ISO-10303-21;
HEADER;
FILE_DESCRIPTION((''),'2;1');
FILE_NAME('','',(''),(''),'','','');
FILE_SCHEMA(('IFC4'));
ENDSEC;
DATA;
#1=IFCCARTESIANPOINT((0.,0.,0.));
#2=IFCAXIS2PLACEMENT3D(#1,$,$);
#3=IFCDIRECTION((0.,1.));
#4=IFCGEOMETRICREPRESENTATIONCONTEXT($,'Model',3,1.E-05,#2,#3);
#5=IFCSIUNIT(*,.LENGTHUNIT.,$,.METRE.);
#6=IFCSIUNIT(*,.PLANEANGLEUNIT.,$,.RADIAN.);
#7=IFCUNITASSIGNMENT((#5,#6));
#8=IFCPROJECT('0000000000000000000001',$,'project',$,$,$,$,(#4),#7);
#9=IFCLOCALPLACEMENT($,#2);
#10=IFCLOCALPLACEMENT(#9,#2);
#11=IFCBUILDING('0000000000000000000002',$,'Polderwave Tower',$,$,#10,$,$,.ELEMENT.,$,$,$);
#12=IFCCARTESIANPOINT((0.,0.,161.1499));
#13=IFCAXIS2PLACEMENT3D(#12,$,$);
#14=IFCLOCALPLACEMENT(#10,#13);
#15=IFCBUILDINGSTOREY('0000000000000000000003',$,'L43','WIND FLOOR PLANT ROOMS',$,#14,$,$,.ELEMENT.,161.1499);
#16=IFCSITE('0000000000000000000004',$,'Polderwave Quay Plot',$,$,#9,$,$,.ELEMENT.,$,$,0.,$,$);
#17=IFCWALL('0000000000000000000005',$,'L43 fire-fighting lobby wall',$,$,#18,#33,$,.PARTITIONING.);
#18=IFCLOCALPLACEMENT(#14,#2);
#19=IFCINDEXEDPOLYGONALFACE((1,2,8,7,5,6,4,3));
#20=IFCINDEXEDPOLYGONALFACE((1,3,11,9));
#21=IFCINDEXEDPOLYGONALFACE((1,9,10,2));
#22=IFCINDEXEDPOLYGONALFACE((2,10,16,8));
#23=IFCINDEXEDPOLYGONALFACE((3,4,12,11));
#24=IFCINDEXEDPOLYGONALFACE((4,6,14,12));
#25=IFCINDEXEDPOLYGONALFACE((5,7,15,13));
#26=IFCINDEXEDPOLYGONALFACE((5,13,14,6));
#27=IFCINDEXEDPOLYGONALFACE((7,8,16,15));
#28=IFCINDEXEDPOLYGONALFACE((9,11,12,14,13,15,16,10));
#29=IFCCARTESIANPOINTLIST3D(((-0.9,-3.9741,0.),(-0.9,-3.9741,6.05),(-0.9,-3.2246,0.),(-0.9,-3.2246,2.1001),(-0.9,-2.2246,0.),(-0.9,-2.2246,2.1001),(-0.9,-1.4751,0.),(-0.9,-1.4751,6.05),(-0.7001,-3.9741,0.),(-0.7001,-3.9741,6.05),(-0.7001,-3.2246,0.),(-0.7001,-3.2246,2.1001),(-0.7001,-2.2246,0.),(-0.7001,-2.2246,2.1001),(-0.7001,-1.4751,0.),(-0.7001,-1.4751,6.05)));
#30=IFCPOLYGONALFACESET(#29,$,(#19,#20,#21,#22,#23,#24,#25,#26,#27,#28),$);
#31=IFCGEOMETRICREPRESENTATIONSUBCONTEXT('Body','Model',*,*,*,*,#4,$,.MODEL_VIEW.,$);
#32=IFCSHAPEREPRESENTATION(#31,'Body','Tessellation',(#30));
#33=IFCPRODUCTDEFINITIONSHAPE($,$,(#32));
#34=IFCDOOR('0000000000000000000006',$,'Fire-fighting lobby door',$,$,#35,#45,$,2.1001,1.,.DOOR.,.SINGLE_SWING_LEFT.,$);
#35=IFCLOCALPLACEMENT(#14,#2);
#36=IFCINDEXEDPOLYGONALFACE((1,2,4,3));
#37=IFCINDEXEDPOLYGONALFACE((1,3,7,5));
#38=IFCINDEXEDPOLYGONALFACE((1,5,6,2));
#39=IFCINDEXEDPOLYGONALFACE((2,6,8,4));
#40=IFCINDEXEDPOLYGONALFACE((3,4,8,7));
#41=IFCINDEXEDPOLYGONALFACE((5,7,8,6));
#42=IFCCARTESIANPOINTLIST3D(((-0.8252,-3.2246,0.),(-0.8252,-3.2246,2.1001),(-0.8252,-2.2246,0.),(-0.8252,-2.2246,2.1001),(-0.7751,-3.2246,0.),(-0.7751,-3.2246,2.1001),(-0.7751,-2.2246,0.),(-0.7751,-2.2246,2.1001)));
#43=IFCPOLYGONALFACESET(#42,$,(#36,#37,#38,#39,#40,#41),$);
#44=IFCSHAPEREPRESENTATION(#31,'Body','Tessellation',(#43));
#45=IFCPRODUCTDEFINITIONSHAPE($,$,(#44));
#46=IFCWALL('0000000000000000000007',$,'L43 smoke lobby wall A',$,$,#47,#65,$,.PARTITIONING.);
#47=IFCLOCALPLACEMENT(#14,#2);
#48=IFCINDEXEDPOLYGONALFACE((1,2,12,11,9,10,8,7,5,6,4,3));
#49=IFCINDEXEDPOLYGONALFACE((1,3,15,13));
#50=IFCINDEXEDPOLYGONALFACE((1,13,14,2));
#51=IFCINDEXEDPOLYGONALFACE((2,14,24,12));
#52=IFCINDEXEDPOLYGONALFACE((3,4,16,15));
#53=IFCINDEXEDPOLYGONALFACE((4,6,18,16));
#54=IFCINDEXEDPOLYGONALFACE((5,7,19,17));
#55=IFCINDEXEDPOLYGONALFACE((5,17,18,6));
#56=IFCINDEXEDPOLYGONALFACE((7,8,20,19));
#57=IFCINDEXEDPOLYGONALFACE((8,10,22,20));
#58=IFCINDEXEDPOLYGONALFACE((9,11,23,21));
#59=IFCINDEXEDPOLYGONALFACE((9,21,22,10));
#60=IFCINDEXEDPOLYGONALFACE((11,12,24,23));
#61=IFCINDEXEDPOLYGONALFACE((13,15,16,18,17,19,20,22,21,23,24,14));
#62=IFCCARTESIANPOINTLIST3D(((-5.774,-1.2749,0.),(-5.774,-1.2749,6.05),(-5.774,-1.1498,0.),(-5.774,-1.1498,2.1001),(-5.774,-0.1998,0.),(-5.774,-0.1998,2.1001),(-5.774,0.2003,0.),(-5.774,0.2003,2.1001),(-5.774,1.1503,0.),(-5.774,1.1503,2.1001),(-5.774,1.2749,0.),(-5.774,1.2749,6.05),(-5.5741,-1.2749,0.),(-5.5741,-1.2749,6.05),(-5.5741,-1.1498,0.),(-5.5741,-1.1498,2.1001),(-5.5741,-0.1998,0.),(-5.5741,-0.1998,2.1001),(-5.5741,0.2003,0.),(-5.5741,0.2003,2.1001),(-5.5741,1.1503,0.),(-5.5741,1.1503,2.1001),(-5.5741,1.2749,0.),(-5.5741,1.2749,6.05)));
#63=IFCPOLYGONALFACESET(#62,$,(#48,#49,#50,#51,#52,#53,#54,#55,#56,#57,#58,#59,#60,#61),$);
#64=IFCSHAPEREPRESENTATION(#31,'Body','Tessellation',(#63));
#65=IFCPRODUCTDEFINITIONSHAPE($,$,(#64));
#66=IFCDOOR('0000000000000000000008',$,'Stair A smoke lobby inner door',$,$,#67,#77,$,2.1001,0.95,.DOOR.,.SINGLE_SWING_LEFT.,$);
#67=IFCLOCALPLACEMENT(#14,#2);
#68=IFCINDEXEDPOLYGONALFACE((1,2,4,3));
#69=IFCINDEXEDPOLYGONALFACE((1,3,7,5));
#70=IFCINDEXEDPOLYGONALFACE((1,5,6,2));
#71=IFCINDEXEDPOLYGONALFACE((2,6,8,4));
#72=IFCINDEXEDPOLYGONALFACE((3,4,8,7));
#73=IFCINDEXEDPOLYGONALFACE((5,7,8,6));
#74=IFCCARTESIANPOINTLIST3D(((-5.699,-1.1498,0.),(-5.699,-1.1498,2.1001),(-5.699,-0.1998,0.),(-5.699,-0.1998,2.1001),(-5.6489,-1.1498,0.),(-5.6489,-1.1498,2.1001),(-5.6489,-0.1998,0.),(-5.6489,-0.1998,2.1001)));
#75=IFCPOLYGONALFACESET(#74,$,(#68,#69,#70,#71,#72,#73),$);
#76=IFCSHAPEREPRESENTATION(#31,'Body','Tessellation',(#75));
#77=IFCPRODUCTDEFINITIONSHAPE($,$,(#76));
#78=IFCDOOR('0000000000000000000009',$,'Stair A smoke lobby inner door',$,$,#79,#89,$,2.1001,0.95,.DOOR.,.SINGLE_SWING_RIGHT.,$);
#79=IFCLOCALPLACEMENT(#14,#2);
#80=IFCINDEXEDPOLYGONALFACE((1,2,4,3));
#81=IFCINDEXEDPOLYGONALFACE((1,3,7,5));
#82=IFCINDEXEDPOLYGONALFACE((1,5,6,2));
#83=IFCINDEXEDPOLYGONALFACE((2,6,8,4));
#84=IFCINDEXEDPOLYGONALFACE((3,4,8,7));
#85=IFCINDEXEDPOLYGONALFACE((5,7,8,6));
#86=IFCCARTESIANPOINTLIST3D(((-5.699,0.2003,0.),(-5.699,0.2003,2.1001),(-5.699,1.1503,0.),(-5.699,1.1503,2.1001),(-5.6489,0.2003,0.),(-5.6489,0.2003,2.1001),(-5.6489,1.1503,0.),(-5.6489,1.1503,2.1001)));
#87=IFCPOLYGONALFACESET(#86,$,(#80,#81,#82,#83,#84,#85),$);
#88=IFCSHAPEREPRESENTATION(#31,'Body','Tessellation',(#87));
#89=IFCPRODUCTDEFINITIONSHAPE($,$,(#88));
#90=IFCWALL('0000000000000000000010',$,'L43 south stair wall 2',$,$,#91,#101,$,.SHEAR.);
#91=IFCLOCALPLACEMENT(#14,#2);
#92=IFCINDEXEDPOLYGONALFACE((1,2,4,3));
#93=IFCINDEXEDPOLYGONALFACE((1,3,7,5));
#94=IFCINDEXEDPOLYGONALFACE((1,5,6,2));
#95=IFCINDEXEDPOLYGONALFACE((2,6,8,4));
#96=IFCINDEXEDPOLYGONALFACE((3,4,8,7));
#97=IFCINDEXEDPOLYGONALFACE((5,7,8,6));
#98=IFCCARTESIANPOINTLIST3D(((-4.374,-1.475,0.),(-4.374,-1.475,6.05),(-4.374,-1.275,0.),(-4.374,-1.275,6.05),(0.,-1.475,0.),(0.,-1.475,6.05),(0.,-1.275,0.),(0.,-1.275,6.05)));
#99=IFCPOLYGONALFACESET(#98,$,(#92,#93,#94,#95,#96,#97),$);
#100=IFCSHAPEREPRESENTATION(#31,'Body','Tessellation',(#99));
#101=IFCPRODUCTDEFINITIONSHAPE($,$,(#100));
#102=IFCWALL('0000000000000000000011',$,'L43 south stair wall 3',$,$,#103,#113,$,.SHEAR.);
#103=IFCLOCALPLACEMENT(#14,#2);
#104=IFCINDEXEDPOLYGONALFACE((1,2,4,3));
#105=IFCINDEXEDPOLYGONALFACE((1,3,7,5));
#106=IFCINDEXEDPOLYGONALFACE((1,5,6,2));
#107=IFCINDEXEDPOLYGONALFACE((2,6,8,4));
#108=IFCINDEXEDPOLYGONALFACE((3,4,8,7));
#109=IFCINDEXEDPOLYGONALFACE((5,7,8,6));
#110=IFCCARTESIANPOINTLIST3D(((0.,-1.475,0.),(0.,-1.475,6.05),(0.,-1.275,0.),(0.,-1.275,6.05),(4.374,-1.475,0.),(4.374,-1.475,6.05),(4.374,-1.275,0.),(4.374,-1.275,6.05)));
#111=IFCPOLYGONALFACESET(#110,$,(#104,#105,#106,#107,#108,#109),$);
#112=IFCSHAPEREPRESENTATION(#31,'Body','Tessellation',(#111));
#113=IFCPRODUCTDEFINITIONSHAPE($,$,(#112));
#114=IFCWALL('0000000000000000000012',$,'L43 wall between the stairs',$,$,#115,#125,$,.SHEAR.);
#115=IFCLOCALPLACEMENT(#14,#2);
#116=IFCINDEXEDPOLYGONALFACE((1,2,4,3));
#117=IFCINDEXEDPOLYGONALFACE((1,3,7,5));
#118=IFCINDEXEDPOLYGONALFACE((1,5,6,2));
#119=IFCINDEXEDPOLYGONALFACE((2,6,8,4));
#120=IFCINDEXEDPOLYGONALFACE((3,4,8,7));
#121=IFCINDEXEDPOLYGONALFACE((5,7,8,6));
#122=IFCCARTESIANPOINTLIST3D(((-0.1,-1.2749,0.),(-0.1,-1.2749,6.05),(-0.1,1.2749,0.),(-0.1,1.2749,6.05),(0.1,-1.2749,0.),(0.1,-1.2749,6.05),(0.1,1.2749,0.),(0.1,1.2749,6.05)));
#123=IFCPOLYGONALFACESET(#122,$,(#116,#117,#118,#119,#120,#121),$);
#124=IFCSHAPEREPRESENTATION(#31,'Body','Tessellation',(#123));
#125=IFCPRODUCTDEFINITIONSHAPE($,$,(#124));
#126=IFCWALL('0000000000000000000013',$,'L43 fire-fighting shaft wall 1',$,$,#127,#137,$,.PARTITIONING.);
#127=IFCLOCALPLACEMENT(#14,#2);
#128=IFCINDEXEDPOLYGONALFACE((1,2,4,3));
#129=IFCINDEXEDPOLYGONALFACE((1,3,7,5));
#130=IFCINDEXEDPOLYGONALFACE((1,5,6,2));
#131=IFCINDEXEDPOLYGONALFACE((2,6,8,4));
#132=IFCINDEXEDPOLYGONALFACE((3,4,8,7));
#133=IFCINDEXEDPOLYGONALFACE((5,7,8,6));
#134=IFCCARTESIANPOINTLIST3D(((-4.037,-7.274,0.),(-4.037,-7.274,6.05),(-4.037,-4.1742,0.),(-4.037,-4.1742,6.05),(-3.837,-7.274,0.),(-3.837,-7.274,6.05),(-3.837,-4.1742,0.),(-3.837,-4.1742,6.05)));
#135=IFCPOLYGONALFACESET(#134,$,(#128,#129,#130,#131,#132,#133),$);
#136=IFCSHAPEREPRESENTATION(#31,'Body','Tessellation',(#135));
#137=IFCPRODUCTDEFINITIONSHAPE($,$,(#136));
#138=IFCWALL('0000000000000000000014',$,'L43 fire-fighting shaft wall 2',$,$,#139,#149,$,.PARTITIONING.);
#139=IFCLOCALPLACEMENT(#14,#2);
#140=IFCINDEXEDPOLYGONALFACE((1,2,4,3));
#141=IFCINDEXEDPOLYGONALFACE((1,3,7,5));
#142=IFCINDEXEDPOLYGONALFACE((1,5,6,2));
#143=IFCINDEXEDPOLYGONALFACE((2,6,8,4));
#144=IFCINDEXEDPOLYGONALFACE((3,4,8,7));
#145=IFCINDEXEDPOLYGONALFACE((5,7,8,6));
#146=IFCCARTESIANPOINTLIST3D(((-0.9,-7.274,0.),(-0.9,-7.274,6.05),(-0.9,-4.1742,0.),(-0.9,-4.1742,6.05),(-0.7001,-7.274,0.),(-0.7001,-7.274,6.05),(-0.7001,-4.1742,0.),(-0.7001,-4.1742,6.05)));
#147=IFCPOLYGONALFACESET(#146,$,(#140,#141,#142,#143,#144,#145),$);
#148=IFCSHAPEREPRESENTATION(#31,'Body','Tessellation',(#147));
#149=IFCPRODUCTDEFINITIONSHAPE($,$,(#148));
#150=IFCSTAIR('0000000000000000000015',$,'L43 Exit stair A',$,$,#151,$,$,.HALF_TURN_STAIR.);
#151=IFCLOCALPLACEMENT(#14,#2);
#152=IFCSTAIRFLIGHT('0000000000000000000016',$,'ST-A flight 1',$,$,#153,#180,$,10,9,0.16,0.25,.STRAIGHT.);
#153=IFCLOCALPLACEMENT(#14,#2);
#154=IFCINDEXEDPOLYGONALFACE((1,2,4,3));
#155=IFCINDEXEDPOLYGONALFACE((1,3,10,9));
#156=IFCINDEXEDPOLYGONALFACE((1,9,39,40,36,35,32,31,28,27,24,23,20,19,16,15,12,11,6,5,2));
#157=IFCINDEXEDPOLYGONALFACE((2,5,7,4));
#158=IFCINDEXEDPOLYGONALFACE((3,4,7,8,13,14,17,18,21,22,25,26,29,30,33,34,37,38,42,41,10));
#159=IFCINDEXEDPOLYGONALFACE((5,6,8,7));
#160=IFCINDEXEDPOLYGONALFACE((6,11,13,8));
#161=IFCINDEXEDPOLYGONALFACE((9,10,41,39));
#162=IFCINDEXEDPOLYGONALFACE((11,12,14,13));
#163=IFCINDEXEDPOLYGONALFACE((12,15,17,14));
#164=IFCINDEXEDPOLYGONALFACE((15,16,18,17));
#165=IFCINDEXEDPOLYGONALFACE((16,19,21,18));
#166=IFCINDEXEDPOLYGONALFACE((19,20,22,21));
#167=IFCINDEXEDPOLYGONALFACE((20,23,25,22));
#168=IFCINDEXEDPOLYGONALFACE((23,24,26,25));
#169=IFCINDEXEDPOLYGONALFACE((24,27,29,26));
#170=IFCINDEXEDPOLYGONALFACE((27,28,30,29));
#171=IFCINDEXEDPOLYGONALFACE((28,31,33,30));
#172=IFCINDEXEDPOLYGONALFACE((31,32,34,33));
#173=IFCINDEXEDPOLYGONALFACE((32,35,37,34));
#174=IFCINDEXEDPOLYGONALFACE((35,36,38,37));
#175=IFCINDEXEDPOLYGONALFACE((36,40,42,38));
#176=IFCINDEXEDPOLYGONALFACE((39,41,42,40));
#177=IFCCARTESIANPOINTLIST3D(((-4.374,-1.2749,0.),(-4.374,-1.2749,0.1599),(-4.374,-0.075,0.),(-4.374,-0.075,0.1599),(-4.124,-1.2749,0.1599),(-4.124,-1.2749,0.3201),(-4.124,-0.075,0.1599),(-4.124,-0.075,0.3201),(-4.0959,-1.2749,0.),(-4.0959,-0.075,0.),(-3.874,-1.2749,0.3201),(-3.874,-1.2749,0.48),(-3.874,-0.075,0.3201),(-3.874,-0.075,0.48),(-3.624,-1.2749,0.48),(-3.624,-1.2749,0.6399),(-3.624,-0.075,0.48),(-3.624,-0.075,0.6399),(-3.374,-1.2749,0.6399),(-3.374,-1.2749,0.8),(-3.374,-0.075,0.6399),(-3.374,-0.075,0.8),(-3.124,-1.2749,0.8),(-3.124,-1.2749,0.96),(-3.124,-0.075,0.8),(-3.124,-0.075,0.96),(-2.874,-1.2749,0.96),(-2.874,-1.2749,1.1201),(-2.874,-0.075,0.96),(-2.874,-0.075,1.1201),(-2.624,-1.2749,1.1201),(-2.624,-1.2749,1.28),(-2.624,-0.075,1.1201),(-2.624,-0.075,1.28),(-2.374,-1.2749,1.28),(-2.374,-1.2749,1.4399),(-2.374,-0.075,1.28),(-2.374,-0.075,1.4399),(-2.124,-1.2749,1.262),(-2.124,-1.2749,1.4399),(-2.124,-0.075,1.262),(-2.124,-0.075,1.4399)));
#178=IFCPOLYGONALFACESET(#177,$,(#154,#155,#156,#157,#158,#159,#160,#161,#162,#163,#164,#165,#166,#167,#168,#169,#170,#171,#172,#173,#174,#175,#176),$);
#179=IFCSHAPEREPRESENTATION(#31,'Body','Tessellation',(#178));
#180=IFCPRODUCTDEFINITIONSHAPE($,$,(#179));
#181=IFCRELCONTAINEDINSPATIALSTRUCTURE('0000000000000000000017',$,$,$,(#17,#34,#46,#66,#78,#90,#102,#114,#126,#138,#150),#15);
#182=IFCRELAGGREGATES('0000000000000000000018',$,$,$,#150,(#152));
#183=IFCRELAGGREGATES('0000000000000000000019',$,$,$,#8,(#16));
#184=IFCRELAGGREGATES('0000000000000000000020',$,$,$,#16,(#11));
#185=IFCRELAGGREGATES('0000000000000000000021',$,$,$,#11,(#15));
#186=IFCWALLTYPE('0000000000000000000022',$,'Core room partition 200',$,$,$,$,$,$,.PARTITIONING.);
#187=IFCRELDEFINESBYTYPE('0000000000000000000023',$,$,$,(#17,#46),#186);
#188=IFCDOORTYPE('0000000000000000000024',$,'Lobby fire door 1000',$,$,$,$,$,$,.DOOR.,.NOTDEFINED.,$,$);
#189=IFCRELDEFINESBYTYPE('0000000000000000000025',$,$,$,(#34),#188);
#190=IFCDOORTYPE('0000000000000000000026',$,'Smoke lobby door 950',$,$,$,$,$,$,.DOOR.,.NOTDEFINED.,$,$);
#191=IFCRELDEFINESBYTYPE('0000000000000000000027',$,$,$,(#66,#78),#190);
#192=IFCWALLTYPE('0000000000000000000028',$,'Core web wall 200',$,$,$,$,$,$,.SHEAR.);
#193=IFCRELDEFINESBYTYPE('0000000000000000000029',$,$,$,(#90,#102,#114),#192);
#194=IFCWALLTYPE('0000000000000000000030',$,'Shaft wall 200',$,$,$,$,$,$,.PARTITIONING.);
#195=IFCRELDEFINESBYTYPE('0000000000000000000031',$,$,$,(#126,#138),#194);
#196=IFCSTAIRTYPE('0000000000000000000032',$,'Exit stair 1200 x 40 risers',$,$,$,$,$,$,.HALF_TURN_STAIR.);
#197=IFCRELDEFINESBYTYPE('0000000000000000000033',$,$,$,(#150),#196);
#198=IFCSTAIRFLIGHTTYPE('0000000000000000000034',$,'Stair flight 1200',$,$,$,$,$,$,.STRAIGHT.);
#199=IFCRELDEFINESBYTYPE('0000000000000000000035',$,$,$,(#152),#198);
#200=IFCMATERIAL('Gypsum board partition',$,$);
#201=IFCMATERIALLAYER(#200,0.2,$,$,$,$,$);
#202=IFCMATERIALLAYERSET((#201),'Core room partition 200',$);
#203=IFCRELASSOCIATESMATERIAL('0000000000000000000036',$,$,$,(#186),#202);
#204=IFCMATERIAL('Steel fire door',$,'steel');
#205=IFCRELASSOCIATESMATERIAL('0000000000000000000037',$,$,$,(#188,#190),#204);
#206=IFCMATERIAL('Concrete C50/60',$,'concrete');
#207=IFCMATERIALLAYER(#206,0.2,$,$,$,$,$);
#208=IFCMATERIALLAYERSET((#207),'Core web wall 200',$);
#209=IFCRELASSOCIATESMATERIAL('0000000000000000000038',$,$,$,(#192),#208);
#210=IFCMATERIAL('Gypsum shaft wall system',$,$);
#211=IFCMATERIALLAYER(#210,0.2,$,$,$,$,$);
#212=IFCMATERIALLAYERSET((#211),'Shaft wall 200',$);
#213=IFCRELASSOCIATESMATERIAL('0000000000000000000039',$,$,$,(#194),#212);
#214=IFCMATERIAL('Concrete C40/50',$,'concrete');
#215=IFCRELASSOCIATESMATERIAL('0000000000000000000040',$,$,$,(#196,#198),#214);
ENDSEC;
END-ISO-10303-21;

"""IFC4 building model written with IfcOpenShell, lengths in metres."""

from ifc_helpers import new_model, si_unit, direction, frame, frame_2d, origin, place, context, subcontext, project, spatial, polyline, rectangle, outline, extrude, material, layer, layer_set, type_object, element, fill, aggregate, save


model = new_model("IFC4")

# Units and contexts
model_context = context("Model", 3, precision=1e-05, world=origin(), true_north=direction((0.0, 1.0)))
body_context = subcontext(model_context, "Body", "Model", "MODEL_VIEW")
ifc_project = project(units=[si_unit("LENGTHUNIT", "METRE"), si_unit("PLANEANGLEUNIT", "RADIAN")], contexts=[model_context])

# Site, building, storey
site_placement = place(None, origin())
site = spatial("IfcSite", under=ifc_project, at=site_placement, Name="Polderwave Quay Plot", CompositionType="ELEMENT", RefElevation=0.0)
building_placement = place(site_placement, origin())
building = spatial("IfcBuilding", under=site, at=building_placement, Name="Polderwave Tower", CompositionType="ELEMENT")
storey_placement = place(building_placement, frame((0.0, 0.0, 161.1499)))
storey = spatial("IfcBuildingStorey", under=building, at=storey_placement, Name="L43", Description="WIND FLOOR PLANT ROOMS", CompositionType="ELEMENT", Elevation=161.1499)

# Wall, opening, door
ifc_material_1 = material(Name="Gypsum board partition")
ifc_layer_1 = layer(ifc_material_1, 0.2)
ifc_layer_set_1 = layer_set([ifc_layer_1], Name="Core room partition 200")
wall_type_1 = type_object("IfcWallType", Name="Core room partition 200", PredefinedType="PARTITIONING", material=ifc_layer_set_1)
wall_1_placement = place(storey_placement, frame((-0.8, -3.9741, 0.0), z_axis=(0.0, 0.0, 1.0), x_axis=(0.0, 1.0, 0.0)))
wall_1 = element("IfcWall", 1, at=wall_1_placement, inside=storey, type_object=wall_type_1, Name="L43 fire-fighting lobby wall", PredefinedType="PARTITIONING", context=body_context, shape_type="SweptSolid", body=[
    extrude(rectangle(XDim=2.499, YDim=0.2, at=frame_2d((1.2495, 0.0))), origin(), (0.0, 0.0, 1.0), 6.05),
])
opening_1_placement = place(wall_1_placement, frame((0.7495, 0.0, 0.0)))
opening_1 = element("IfcOpeningElement", 2, at=opening_1_placement, cuts=wall_1, PredefinedType="OPENING", context=body_context, shape_type="SweptSolid", body=[
    extrude(rectangle(XDim=1.0, YDim=2.1001, at=frame_2d((0.5, 1.05))), frame((0.0, 0.1099, 0.0), z_axis=(0.0, -1.0, 0.0), x_axis=(1.0, 0.0, 0.0)), (0.0, 0.0, 1.0), 0.22),
])
ifc_material_2 = material(Name="Steel fire door", Category="steel")
door_type_1 = type_object("IfcDoorType", Name="Lobby fire door 1000", OperationType="NOTDEFINED", PredefinedType="DOOR", material=ifc_material_2)
door_1_placement = place(opening_1_placement, frame((1.0, 0.0, 0.0), z_axis=(0.0, 0.0, 1.0), x_axis=(-1.0, 0.0, 0.0)))
door_1 = element("IfcDoor", 3, at=door_1_placement, inside=storey, type_object=door_type_1, Name="Fire-fighting lobby door", OperationType="SINGLE_SWING_LEFT", OverallHeight=2.1001, OverallWidth=1.0, PredefinedType="DOOR", context=body_context, shape_type="SweptSolid", body=[
    extrude(rectangle(XDim=1.0, YDim=2.1001, at=frame_2d((0.5, 1.05))), frame((0.0, 0.0249, 0.0), z_axis=(0.0, -1.0, 0.0), x_axis=(1.0, 0.0, 0.0)), (0.0, 0.0, 1.0), 0.05),
])
fill(opening_1, door_1)

# Wall, openings, doors
wall_2_placement = place(storey_placement, frame((-5.6741, -1.2749, 0.0), z_axis=(0.0, 0.0, 1.0), x_axis=(0.0, 1.0, 0.0)))
wall_2 = element("IfcWall", 4, at=wall_2_placement, inside=storey, type_object=wall_type_1, Name="L43 smoke lobby wall A", PredefinedType="PARTITIONING", context=body_context, shape_type="SweptSolid", body=[
    extrude(rectangle(XDim=2.5498, YDim=0.2, at=frame_2d((1.2749, 0.0))), origin(), (0.0, 0.0, 1.0), 6.05),
])
opening_2_placement = place(wall_2_placement, frame((0.125, 0.0, 0.0)))
opening_2 = element("IfcOpeningElement", 5, at=opening_2_placement, cuts=wall_2, PredefinedType="OPENING", context=body_context, shape_type="SweptSolid", body=[
    extrude(rectangle(XDim=0.95, YDim=2.1001, at=frame_2d((0.4751, 1.05))), frame((0.0, 0.1099, 0.0), z_axis=(0.0, -1.0, 0.0), x_axis=(1.0, 0.0, 0.0)), (0.0, 0.0, 1.0), 0.22),
])
opening_3_placement = place(wall_2_placement, frame((1.4751, 0.0, 0.0)))
opening_3 = element("IfcOpeningElement", 6, at=opening_3_placement, cuts=wall_2, PredefinedType="OPENING", context=body_context, shape_type="SweptSolid", body=[
    extrude(rectangle(XDim=0.95, YDim=2.1001, at=frame_2d((0.4751, 1.05))), frame((0.0, 0.1099, 0.0), z_axis=(0.0, -1.0, 0.0), x_axis=(1.0, 0.0, 0.0)), (0.0, 0.0, 1.0), 0.22),
])
door_type_2 = type_object("IfcDoorType", Name="Smoke lobby door 950", OperationType="NOTDEFINED", PredefinedType="DOOR", material=ifc_material_2)
door_2_placement = place(opening_2_placement, origin())
door_2 = element("IfcDoor", 7, at=door_2_placement, inside=storey, type_object=door_type_2, Name="Stair A smoke lobby inner door", OperationType="SINGLE_SWING_LEFT", OverallHeight=2.1001, OverallWidth=0.95, PredefinedType="DOOR", context=body_context, shape_type="SweptSolid", body=[
    extrude(rectangle(XDim=0.95, YDim=2.1001, at=frame_2d((0.4751, 1.05))), frame((0.0, 0.0249, 0.0), z_axis=(0.0, -1.0, 0.0), x_axis=(1.0, 0.0, 0.0)), (0.0, 0.0, 1.0), 0.05),
])
fill(opening_2, door_2)
door_3_placement = place(opening_3_placement, origin())
door_3 = element("IfcDoor", 8, at=door_3_placement, inside=storey, type_object=door_type_2, Name="Stair A smoke lobby inner door", OperationType="SINGLE_SWING_RIGHT", OverallHeight=2.1001, OverallWidth=0.95, PredefinedType="DOOR", context=body_context, shape_type="SweptSolid", body=[
    extrude(rectangle(XDim=0.95, YDim=2.1001, at=frame_2d((0.4751, 1.05))), frame((0.0, 0.0249, 0.0), z_axis=(0.0, -1.0, 0.0), x_axis=(1.0, 0.0, 0.0)), (0.0, 0.0, 1.0), 0.05),
])
fill(opening_3, door_3)

# Walls
ifc_material_3 = material(Name="Concrete C50/60", Category="concrete")
ifc_layer_2 = layer(ifc_material_3, 0.2)
ifc_layer_set_2 = layer_set([ifc_layer_2], Name="Core web wall 200")
wall_type_2 = type_object("IfcWallType", Name="Core web wall 200", PredefinedType="SHEAR", material=ifc_layer_set_2)
for number, where, z_axis, x_axis, name in (
    (9, (-4.374, -1.375, 0.0), (0.0, 0.0, 1.0), (1.0, 0.0, 0.0), "L43 south stair wall 2"),
    (10, (0.0, -1.375, 0.0), (0.0, 0.0, 1.0), (1.0, 0.0, 0.0), "L43 south stair wall 3"),
):
    element("IfcWall", number, at=place(storey_placement, frame(where, z_axis=z_axis, x_axis=x_axis)), inside=storey, type_object=wall_type_2, Name=name, PredefinedType="SHEAR", context=body_context, shape_type="SweptSolid", body=[
        extrude(rectangle(XDim=4.374, YDim=0.2, at=frame_2d((2.187, 0.0))), origin(), (0.0, 0.0, 1.0), 6.05),
    ])
wall_3_placement = place(storey_placement, frame((0.0, -1.2749, 0.0), z_axis=(0.0, 0.0, 1.0), x_axis=(0.0, 1.0, 0.0)))
element("IfcWall", 11, at=wall_3_placement, inside=storey, type_object=wall_type_2, Name="L43 wall between the stairs", PredefinedType="SHEAR", context=body_context, shape_type="SweptSolid", body=[
    extrude(rectangle(XDim=2.5498, YDim=0.2, at=frame_2d((1.2749, 0.0))), origin(), (0.0, 0.0, 1.0), 6.05),
])
ifc_material_4 = material(Name="Gypsum shaft wall system")
ifc_layer_3 = layer(ifc_material_4, 0.2)
ifc_layer_set_3 = layer_set([ifc_layer_3], Name="Shaft wall 200")
wall_type_3 = type_object("IfcWallType", Name="Shaft wall 200", PredefinedType="PARTITIONING", material=ifc_layer_set_3)
for number, where, z_axis, x_axis, name in (
    (12, (-3.937, -7.2739, 0.0), (0.0, 0.0, 1.0), (0.0, 1.0, 0.0), "L43 fire-fighting shaft wall 1"),
    (13, (-0.8, -7.2739, 0.0), (0.0, 0.0, 1.0), (0.0, 1.0, 0.0), "L43 fire-fighting shaft wall 2"),
):
    element("IfcWall", number, at=place(storey_placement, frame(where, z_axis=z_axis, x_axis=x_axis)), inside=storey, type_object=wall_type_3, Name=name, PredefinedType="PARTITIONING", context=body_context, shape_type="SweptSolid", body=[
        extrude(rectangle(XDim=3.0999, YDim=0.2, at=frame_2d((1.5498, 0.0))), origin(), (0.0, 0.0, 1.0), 6.05),
    ])

# Stair, stair flight
ifc_material_5 = material(Name="Concrete C40/50", Category="concrete")
stair_type = type_object("IfcStairType", Name="Exit stair 1200 x 40 risers", PredefinedType="HALF_TURN_STAIR", material=ifc_material_5)
stair_placement = place(storey_placement, origin())
stair = element("IfcStair", 14, at=stair_placement, inside=storey, type_object=stair_type, Name="L43 Exit stair A", PredefinedType="HALF_TURN_STAIR")
stair_flight_type = type_object("IfcStairFlightType", Name="Stair flight 1200", PredefinedType="STRAIGHT", material=ifc_material_5)
stair_flight_1_placement = place(storey_placement, frame((-4.374, -0.675, 0.0), z_axis=(0.0, 0.0, 1.0), x_axis=(1.0, 0.0, 0.0)))
stair_flight_1 = element("IfcStairFlight", 15, at=stair_flight_1_placement, type_object=stair_flight_type, Name="ST-A flight 1", NumberOfRisers=10, NumberOfTreads=9, PredefinedType="STRAIGHT", RiserHeight=0.16, TreadLength=0.25, context=body_context, shape_type="SweptSolid", body=[
    extrude(outline(polyline([(0.0, 0.0), (0.0, 0.1599), (0.25, 0.1599), (0.25, 0.3201), (0.5, 0.3201), (0.5, 0.48), (0.75, 0.48), (0.75, 0.6399), (1.0, 0.6399), (1.0, 0.8), (1.25, 0.8), (1.25, 0.96), (1.5, 0.96), (1.5, 1.1201), (1.75, 1.1201), (1.75, 1.28), (2.0, 1.28), (2.0, 1.4399), (2.25, 1.4399), (2.25, 1.6001), (2.25, 1.262), (0.2781, 0.0), (0.0, 0.0)])), frame((0.0, 0.6001, 0.0), z_axis=(0.0, -1.0, 0.0), x_axis=(1.0, 0.0, 0.0)), (0.0, 0.0, 1.0), 1.2),
])
aggregate(stair, [stair_flight_1])

save(model, "model.ifc")
